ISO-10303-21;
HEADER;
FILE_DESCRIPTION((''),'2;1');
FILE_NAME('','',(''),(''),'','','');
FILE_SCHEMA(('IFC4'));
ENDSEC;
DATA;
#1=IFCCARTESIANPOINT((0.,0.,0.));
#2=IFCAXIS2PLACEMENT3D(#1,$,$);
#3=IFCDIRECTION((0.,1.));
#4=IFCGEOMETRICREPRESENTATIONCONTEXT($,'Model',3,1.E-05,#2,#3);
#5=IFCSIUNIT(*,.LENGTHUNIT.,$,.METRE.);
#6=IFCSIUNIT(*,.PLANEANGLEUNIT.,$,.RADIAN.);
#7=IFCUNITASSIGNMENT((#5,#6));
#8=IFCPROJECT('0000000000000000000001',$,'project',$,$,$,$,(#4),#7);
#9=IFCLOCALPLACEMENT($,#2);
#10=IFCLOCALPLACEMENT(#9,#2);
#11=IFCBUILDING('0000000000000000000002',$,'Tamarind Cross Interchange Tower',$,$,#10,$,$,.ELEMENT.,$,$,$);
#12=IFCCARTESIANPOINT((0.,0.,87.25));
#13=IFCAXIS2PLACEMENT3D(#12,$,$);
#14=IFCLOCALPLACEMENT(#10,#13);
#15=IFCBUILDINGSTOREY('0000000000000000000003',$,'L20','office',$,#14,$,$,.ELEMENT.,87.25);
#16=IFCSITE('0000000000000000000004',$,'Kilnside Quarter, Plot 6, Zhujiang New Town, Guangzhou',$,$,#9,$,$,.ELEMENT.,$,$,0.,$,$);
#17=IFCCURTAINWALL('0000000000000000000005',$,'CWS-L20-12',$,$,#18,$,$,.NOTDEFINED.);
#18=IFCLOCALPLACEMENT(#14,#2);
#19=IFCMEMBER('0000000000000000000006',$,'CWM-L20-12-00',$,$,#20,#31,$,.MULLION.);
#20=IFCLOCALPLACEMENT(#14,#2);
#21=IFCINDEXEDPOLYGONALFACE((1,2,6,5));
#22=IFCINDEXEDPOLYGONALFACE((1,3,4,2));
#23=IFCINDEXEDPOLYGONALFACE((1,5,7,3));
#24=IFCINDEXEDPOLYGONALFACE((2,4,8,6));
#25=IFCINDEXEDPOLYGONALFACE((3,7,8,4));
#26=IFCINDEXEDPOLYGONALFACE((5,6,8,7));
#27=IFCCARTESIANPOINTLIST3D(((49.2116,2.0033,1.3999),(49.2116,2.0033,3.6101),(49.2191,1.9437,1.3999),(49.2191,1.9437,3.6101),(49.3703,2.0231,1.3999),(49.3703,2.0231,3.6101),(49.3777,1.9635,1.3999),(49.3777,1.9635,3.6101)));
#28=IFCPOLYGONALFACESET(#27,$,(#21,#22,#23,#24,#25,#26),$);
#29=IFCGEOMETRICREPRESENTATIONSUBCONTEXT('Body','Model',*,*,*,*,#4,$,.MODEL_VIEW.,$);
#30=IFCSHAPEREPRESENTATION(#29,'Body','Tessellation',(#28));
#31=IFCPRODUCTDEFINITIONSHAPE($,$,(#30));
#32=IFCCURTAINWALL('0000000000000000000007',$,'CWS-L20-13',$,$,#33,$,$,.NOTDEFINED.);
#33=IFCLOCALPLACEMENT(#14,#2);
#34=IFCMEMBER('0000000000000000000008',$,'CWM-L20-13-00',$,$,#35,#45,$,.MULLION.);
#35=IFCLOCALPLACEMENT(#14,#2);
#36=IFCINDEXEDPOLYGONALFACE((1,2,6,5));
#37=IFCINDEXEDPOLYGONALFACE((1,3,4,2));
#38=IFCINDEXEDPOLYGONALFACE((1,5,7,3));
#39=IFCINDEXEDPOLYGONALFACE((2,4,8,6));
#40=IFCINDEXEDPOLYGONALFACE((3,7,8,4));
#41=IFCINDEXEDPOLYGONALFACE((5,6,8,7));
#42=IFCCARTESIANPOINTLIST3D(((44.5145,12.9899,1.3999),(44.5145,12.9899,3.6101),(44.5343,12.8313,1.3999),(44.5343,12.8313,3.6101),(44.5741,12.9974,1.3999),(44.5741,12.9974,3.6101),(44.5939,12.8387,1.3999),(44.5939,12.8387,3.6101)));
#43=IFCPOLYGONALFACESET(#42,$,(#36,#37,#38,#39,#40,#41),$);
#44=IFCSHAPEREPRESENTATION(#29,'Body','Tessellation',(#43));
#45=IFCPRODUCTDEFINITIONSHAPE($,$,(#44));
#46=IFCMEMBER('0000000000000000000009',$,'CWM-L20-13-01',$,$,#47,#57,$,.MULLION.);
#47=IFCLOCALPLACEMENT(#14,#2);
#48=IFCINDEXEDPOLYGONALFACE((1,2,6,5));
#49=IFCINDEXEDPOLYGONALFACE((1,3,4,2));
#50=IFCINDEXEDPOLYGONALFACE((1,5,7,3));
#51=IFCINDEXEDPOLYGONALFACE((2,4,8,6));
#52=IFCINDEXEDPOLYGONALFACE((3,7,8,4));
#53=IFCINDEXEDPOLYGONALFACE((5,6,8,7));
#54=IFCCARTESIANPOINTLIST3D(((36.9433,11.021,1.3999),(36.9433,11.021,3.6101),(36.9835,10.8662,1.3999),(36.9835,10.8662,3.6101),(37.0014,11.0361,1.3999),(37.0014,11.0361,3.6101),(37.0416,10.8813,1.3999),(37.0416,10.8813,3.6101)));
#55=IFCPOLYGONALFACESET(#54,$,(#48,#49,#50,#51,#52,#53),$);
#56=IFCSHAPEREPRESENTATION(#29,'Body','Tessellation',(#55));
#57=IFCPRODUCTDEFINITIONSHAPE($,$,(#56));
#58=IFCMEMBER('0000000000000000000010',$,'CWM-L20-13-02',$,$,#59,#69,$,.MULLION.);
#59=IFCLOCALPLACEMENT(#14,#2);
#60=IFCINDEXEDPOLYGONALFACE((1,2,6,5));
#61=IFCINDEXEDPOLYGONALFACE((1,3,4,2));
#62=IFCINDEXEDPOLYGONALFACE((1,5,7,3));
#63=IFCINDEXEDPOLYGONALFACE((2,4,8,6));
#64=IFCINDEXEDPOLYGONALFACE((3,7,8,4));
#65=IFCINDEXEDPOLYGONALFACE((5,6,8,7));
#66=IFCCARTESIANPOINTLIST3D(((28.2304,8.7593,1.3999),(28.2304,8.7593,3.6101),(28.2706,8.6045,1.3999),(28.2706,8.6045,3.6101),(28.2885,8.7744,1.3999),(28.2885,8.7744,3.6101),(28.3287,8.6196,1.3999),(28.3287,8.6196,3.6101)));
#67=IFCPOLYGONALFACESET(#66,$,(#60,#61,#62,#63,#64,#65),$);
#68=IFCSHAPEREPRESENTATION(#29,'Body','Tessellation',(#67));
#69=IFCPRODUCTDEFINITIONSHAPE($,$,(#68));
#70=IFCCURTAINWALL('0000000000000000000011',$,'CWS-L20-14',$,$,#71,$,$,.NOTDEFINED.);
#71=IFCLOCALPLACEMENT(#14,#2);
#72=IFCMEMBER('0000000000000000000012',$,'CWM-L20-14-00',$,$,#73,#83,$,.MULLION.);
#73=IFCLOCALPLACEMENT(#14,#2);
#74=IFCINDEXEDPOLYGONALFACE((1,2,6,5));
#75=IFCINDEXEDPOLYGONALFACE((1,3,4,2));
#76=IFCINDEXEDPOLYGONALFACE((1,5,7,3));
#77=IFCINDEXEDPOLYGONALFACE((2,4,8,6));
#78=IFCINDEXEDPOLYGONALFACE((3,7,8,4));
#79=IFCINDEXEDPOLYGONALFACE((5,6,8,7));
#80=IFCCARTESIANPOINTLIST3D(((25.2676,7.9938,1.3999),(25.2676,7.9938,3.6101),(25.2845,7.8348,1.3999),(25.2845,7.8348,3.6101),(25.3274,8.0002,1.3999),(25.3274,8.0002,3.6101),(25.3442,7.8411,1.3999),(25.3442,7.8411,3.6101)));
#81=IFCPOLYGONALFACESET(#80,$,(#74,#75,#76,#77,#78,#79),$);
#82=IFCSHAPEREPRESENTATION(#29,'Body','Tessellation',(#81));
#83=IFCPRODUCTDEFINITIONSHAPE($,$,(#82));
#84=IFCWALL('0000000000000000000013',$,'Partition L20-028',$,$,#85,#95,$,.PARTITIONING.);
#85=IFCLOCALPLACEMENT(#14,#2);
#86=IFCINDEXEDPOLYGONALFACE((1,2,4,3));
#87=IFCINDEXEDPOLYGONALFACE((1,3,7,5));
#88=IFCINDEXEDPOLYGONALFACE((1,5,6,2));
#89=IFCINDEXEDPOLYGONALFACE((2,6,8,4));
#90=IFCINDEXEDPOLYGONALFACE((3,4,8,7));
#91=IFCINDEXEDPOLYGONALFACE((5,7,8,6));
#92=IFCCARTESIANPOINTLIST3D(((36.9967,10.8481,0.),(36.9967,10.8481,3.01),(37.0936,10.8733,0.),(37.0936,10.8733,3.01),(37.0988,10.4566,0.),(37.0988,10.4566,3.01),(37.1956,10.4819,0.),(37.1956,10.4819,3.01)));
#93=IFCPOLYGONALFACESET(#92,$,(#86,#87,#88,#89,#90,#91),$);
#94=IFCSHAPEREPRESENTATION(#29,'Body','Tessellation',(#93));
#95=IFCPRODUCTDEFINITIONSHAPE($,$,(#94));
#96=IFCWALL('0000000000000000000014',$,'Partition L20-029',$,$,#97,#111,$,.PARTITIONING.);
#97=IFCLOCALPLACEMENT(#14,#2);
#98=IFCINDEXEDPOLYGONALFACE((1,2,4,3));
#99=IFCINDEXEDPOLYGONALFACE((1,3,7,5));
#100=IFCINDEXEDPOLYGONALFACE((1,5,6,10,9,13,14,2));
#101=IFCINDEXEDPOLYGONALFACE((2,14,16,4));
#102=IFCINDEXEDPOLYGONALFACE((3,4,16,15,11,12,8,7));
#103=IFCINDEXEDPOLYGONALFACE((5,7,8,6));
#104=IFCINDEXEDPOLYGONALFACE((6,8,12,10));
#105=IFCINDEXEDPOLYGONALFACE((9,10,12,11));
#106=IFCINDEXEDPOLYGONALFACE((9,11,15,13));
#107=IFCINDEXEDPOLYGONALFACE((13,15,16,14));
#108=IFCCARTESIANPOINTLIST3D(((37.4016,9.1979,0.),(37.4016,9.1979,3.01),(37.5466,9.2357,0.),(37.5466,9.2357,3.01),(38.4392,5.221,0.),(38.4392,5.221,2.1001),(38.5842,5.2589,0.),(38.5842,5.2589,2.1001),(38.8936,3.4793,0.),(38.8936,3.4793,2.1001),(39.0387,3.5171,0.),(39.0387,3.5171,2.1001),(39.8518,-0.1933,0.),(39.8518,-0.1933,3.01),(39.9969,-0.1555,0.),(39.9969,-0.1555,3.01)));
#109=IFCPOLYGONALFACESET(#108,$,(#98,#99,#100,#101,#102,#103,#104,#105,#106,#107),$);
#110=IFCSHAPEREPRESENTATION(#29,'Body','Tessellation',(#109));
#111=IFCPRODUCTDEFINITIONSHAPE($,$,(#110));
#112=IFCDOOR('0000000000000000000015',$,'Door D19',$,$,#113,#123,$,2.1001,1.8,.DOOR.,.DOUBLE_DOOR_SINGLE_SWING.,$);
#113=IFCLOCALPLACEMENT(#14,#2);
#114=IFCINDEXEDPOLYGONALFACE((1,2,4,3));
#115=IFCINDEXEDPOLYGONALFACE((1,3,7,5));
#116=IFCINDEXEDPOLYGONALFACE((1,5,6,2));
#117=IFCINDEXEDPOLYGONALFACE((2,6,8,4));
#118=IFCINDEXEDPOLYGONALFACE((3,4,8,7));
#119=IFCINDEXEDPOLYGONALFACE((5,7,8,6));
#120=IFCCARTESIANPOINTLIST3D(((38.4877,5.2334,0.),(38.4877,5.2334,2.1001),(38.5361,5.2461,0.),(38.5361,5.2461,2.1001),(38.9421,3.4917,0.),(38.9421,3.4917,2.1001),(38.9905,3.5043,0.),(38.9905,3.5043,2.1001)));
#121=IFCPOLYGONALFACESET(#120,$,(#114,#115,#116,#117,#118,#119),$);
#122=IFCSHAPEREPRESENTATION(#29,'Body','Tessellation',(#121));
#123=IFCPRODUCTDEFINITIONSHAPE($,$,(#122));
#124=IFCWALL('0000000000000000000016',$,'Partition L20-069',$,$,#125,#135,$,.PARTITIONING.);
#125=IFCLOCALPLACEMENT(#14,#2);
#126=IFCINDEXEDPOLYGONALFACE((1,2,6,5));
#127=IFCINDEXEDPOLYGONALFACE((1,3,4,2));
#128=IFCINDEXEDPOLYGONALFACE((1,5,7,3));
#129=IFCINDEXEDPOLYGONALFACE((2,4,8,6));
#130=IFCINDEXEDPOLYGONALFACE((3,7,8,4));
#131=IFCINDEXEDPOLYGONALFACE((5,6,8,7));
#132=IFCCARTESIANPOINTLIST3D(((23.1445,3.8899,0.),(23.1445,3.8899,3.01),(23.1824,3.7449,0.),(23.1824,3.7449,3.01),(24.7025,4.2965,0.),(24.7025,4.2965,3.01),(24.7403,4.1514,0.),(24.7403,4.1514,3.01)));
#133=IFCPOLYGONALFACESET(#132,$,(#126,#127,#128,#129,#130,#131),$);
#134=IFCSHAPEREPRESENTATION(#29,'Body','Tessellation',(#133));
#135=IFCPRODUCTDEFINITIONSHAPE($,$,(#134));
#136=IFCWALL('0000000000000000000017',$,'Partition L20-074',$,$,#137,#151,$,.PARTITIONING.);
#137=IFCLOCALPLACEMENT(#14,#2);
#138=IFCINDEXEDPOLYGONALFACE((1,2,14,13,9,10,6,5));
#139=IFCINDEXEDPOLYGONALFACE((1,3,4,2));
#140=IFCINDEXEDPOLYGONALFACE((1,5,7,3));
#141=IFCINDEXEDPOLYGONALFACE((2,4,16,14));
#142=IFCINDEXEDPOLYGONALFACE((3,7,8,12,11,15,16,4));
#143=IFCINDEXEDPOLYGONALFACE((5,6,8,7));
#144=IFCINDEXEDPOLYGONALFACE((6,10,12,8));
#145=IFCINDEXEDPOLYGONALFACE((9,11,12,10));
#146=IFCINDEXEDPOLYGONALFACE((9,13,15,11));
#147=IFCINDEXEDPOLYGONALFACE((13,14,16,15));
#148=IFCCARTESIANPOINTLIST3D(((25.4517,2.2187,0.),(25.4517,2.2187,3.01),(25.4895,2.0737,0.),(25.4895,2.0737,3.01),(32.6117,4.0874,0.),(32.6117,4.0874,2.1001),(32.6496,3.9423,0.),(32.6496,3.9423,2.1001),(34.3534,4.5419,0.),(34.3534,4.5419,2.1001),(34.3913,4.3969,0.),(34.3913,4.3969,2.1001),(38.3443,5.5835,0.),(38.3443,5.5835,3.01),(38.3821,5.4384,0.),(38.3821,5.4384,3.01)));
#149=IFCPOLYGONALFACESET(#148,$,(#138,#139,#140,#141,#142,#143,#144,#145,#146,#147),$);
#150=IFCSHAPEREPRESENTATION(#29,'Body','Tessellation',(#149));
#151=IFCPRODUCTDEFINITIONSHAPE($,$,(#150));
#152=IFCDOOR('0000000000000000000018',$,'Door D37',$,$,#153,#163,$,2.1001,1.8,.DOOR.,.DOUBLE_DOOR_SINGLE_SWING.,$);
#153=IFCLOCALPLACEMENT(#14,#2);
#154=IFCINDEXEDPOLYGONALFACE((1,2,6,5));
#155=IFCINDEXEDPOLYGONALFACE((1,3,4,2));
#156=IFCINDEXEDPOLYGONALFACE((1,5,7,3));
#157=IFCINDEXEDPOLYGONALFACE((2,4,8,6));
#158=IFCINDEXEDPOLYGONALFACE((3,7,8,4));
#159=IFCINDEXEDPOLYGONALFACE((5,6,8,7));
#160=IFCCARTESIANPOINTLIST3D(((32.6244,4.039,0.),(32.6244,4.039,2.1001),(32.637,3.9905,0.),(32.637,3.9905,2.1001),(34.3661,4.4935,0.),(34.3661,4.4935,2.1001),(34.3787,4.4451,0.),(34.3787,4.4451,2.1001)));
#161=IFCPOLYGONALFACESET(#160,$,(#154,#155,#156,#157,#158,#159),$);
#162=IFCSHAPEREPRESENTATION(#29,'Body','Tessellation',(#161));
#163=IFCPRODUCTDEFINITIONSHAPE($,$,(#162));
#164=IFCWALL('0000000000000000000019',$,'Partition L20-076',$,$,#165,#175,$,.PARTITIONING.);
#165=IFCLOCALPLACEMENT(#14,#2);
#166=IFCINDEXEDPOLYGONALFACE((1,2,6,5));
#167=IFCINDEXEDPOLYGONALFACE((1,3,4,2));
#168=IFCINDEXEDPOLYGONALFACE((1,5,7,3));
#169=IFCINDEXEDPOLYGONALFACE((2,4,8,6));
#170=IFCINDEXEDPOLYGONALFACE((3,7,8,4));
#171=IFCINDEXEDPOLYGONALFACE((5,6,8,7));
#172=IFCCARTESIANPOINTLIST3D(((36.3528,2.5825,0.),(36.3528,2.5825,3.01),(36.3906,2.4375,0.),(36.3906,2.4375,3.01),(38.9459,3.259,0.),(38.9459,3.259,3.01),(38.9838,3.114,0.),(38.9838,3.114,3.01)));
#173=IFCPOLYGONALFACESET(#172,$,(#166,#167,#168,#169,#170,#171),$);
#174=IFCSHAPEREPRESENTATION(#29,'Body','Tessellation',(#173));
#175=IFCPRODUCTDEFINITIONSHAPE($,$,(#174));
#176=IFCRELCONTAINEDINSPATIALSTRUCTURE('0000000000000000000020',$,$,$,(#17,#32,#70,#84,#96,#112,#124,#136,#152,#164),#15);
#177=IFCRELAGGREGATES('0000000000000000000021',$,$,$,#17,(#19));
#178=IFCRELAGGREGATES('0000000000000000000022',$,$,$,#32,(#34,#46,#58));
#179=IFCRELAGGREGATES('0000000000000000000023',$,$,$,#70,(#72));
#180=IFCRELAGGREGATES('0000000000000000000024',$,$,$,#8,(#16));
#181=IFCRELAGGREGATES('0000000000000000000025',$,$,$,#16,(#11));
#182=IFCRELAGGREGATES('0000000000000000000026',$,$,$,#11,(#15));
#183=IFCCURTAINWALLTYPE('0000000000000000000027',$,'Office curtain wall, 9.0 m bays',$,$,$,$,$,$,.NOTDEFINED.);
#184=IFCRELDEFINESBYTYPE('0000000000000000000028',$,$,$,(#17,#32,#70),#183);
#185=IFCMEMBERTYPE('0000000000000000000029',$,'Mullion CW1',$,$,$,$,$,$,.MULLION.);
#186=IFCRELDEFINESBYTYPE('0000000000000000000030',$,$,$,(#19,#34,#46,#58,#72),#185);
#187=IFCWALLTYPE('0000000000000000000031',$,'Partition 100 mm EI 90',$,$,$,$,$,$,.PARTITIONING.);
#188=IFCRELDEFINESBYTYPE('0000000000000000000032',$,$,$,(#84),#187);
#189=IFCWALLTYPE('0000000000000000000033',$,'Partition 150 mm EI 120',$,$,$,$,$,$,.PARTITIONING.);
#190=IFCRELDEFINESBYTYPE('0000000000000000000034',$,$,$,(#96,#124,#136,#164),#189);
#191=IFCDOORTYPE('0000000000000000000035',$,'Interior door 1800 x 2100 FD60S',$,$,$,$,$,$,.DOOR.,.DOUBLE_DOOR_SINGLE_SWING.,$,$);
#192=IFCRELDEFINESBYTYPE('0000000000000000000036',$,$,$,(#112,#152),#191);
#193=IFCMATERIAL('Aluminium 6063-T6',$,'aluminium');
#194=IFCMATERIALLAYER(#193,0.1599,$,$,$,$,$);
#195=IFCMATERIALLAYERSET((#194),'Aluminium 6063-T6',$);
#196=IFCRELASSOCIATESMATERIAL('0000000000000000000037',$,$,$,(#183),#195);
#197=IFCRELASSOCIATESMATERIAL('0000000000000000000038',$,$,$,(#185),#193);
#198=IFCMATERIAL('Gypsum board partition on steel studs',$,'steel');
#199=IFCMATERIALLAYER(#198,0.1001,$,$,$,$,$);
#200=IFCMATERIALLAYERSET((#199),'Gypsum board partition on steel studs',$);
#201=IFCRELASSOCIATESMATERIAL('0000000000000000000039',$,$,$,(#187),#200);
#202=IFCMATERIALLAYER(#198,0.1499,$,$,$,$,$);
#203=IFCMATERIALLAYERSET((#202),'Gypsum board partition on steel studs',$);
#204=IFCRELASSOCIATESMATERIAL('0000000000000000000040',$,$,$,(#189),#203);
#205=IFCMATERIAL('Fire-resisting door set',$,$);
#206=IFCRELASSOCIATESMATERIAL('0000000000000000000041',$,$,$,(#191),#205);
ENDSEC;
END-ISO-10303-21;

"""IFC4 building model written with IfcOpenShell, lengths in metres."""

from ifc_helpers import new_model, si_unit, direction, frame, frame_2d, origin, origin_2d, place, context, subcontext, project, spatial, rectangle, extrude, material, layer, layer_set, material_profile, profile_set, type_object, element, fill, aggregate, save


model = new_model("IFC4")

# Units and contexts
model_context = context("Model", 3, precision=1e-05, world=origin(), true_north=direction((0.0, 1.0)))
body_context = subcontext(model_context, "Body", "Model", "MODEL_VIEW")
ifc_project = project(units=[si_unit("LENGTHUNIT", "METRE"), si_unit("PLANEANGLEUNIT", "RADIAN")], contexts=[model_context])

# Site, building, storey
site_placement = place(None, origin())
site = spatial("IfcSite", under=ifc_project, at=site_placement, Name="Kilnside Quarter, Plot 6, Zhujiang New Town, Guangzhou", CompositionType="ELEMENT", RefElevation=0.0)
building_placement = place(site_placement, origin())
building = spatial("IfcBuilding", under=site, at=building_placement, Name="Tamarind Cross Interchange Tower", CompositionType="ELEMENT")
storey_placement = place(building_placement, frame((0.0, 0.0, 87.25)))
storey = spatial("IfcBuildingStorey", under=building, at=storey_placement, Name="L20", Description="office", CompositionType="ELEMENT", Elevation=87.25)

# Curtain wall, member
ifc_material_1 = material(Name="Aluminium 6063-T6", Category="aluminium")
ifc_layer_1 = layer(ifc_material_1, 0.1599)
ifc_layer_set_1 = layer_set([ifc_layer_1], Name="Aluminium 6063-T6")
curtain_wall_type = type_object("IfcCurtainWallType", Name="Office curtain wall, 9.0 m bays", PredefinedType="NOTDEFINED", material=ifc_layer_set_1)
curtain_wall_1_placement = place(storey_placement, origin())
curtain_wall_1 = element("IfcCurtainWall", 1, at=curtain_wall_1_placement, inside=storey, type_object=curtain_wall_type, Name="CWS-L20-12", PredefinedType="NOTDEFINED")
ifc_material_profile_1 = material_profile(ifc_material_1, rectangle(XDim=0.0601, YDim=0.1599, at=origin_2d()), Name="Mullion CW1")
ifc_profile_set_1 = profile_set([ifc_material_profile_1], Name="Aluminium 6063-T6")
member_type = type_object("IfcMemberType", Name="Mullion CW1", PredefinedType="MULLION", material=ifc_profile_set_1)
member_1_placement = place(storey_placement, frame((49.2947, 1.9834, 1.3999), z_axis=(0.0, 0.0, 1.0), x_axis=(-0.124073, 0.992273, 0.0)))
member_1 = element("IfcMember", 2, at=member_1_placement, type_object=member_type, Name="CWM-L20-12-00", PredefinedType="MULLION", context=body_context, shape_type="SweptSolid", body=[
    extrude(rectangle(XDim=0.0601, YDim=0.1599, at=origin_2d()), origin(), (0.0, 0.0, 1.0), 2.2102),
])
aggregate(curtain_wall_1, [member_1])

# Curtain wall, members
curtain_wall_2_placement = place(storey_placement, origin())
curtain_wall_2 = element("IfcCurtainWall", 3, at=curtain_wall_2_placement, inside=storey, type_object=curtain_wall_type, Name="CWS-L20-13", PredefinedType="NOTDEFINED")
member_2_placement = place(storey_placement, frame((44.5542, 12.9143, 1.3999), z_axis=(0.0, 0.0, 1.0), x_axis=(-0.992354, -0.123426, 0.0)))
member_2 = element("IfcMember", 4, at=member_2_placement, type_object=member_type, Name="CWM-L20-13-00", PredefinedType="MULLION", context=body_context, shape_type="SweptSolid", body=[
    extrude(rectangle(XDim=0.0601, YDim=0.1599, at=origin_2d()), origin(), (0.0, 0.0, 1.0), 2.2102),
])
member_3_placement = place(storey_placement, frame((36.9924, 10.9512, 1.3999), z_axis=(0.0, 0.0, 1.0), x_axis=(-0.967918, -0.251267, 0.0)))
member_3 = element("IfcMember", 5, at=member_3_placement, type_object=member_type, Name="CWM-L20-13-01", PredefinedType="MULLION", context=body_context, shape_type="SweptSolid", body=[
    extrude(rectangle(XDim=0.0601, YDim=0.1599, at=origin_2d()), origin(), (0.0, 0.0, 1.0), 2.2102),
])
member_4_placement = place(storey_placement, frame((28.2795, 8.6895, 1.3999), z_axis=(0.0, 0.0, 1.0), x_axis=(-0.967918, -0.251267, 0.0)))
member_4 = element("IfcMember", 6, at=member_4_placement, type_object=member_type, Name="CWM-L20-13-02", PredefinedType="MULLION", context=body_context, shape_type="SweptSolid", body=[
    extrude(rectangle(XDim=0.0601, YDim=0.1599, at=origin_2d()), origin(), (0.0, 0.0, 1.0), 2.2102),
])
aggregate(curtain_wall_2, [member_2, member_3, member_4])

# Curtain wall, member
curtain_wall_3_placement = place(storey_placement, origin())
curtain_wall_3 = element("IfcCurtainWall", 7, at=curtain_wall_3_placement, inside=storey, type_object=curtain_wall_type, Name="CWS-L20-14", PredefinedType="NOTDEFINED")
member_5_placement = place(storey_placement, frame((25.3059, 7.9175, 1.3999), z_axis=(0.0, 0.0, 1.0), x_axis=(-0.99444, -0.105306, 0.0)))
member_5 = element("IfcMember", 8, at=member_5_placement, type_object=member_type, Name="CWM-L20-14-00", PredefinedType="MULLION", context=body_context, shape_type="SweptSolid", body=[
    extrude(rectangle(XDim=0.0601, YDim=0.1599, at=origin_2d()), origin(), (0.0, 0.0, 1.0), 2.2102),
])
aggregate(curtain_wall_3, [member_5])

# Wall
ifc_material_2 = material(Name="Gypsum board partition on steel studs", Category="steel")
ifc_layer_2 = layer(ifc_material_2, 0.1001)
ifc_layer_set_2 = layer_set([ifc_layer_2], Name="Gypsum board partition on steel studs")
wall_type_1 = type_object("IfcWallType", Name="Partition 100 mm EI 90", PredefinedType="PARTITIONING", material=ifc_layer_set_2)
wall_1_placement = place(storey_placement, frame((37.0452, 10.8606, 0.0), z_axis=(0.0, 0.0, 1.0), x_axis=(0.252324, -0.967643, 0.0)))
element("IfcWall", 9, at=wall_1_placement, inside=storey, type_object=wall_type_1, Name="Partition L20-028", PredefinedType="PARTITIONING", context=body_context, shape_type="SweptSolid", body=[
    extrude(rectangle(XDim=0.4045, YDim=0.1001, at=frame_2d((0.2021, 0.0))), origin(), (0.0, 0.0, 1.0), 3.01),
])

# Wall, opening, door
ifc_layer_3 = layer(ifc_material_2, 0.1499)
ifc_layer_set_3 = layer_set([ifc_layer_3], Name="Gypsum board partition on steel studs")
wall_type_2 = type_object("IfcWallType", Name="Partition 150 mm EI 120", PredefinedType="PARTITIONING", material=ifc_layer_set_3)
wall_2_placement = place(storey_placement, frame((37.4741, 9.2168, 0.0), z_axis=(0.0, 0.0, 1.0), x_axis=(0.252455, -0.967609, 0.0)))
wall_2 = element("IfcWall", 10, at=wall_2_placement, inside=storey, type_object=wall_type_2, Name="Partition L20-029", PredefinedType="PARTITIONING", context=body_context, shape_type="SweptSolid", body=[
    extrude(rectangle(XDim=9.7056, YDim=0.1499, at=frame_2d((4.8528, 0.0))), origin(), (0.0, 0.0, 1.0), 3.01),
])
opening_1_placement = place(wall_2_placement, frame((4.1101, 0.0, 0.0)))
opening_1 = element("IfcOpeningElement", 11, at=opening_1_placement, cuts=wall_2, PredefinedType="OPENING", context=body_context, shape_type="SweptSolid", body=[
    extrude(rectangle(XDim=1.8, YDim=2.1001, at=frame_2d((0.8999, 1.05))), frame((0.0, 0.085, 0.0), z_axis=(0.0, -1.0, 0.0), x_axis=(1.0, 0.0, 0.0)), (0.0, 0.0, 1.0), 0.1699),
])
ifc_material_3 = material(Name="Fire-resisting door set")
door_type_1 = type_object("IfcDoorType", Name="Interior door 1800 x 2100 FD60S", OperationType="DOUBLE_DOOR_SINGLE_SWING", PredefinedType="DOOR", material=ifc_material_3)
door_1_placement = place(opening_1_placement, frame((1.8, 0.0, 0.0), z_axis=(0.0, 0.0, 1.0), x_axis=(-1.0, 0.0, 0.0)))
door_1 = element("IfcDoor", 12, at=door_1_placement, inside=storey, type_object=door_type_1, Name="Door D19", OperationType="DOUBLE_DOOR_SINGLE_SWING", OverallHeight=2.1001, OverallWidth=1.8, PredefinedType="DOOR", context=body_context, shape_type="SweptSolid", body=[
    extrude(rectangle(XDim=1.8, YDim=2.1001, at=frame_2d((0.8999, 1.05))), frame((0.0, 0.0249, 0.0), z_axis=(0.0, -1.0, 0.0), x_axis=(1.0, 0.0, 0.0)), (0.0, 0.0, 1.0), 0.05),
])
fill(opening_1, door_1)

# Wall
wall_3_placement = place(storey_placement, frame((23.1633, 3.8174, 0.0), z_axis=(0.0, 0.0, 1.0), x_axis=(0.967603, 0.252477, 0.0)))
element("IfcWall", 13, at=wall_3_placement, inside=storey, type_object=wall_type_2, Name="Partition L20-069", PredefinedType="PARTITIONING", context=body_context, shape_type="SweptSolid", body=[
    extrude(rectangle(XDim=1.6101, YDim=0.1499, at=frame_2d((0.8052, 0.0))), origin(), (0.0, 0.0, 1.0), 3.01),
])

# Wall, opening, door
wall_4_placement = place(storey_placement, frame((25.4707, 2.1462, 0.0), z_axis=(0.0, 0.0, 1.0), x_axis=(0.96759, 0.252525, 0.0)))
wall_4 = element("IfcWall", 14, at=wall_4_placement, inside=storey, type_object=wall_type_2, Name="Partition L20-074", PredefinedType="PARTITIONING", context=body_context, shape_type="SweptSolid", body=[
    extrude(rectangle(XDim=13.3245, YDim=0.1499, at=frame_2d((6.6621, 0.0))), origin(), (0.0, 0.0, 1.0), 3.01),
])
opening_2_placement = place(wall_4_placement, frame((7.3999, 0.0, 0.0)))
opening_2 = element("IfcOpeningElement", 15, at=opening_2_placement, cuts=wall_4, PredefinedType="OPENING", context=body_context, shape_type="SweptSolid", body=[
    extrude(rectangle(XDim=1.8, YDim=2.1001, at=frame_2d((0.8999, 1.05))), frame((0.0, 0.085, 0.0), z_axis=(0.0, -1.0, 0.0), x_axis=(1.0, 0.0, 0.0)), (0.0, 0.0, 1.0), 0.1699),
])
door_2_placement = place(opening_2_placement, origin())
door_2 = element("IfcDoor", 16, at=door_2_placement, inside=storey, type_object=door_type_1, Name="Door D37", OperationType="DOUBLE_DOOR_SINGLE_SWING", OverallHeight=2.1001, OverallWidth=1.8, PredefinedType="DOOR", context=body_context, shape_type="SweptSolid", body=[
    extrude(rectangle(XDim=1.8, YDim=2.1001, at=frame_2d((0.8999, 1.05))), frame((0.0, 0.0249, 0.0), z_axis=(0.0, -1.0, 0.0), x_axis=(1.0, 0.0, 0.0)), (0.0, 0.0, 1.0), 0.05),
])
fill(opening_2, door_2)

# Wall
wall_5_placement = place(storey_placement, frame((36.3718, 2.51, 0.0), z_axis=(0.0, 0.0, 1.0), x_axis=(0.96761, 0.252448, 0.0)))
element("IfcWall", 17, at=wall_5_placement, inside=storey, type_object=wall_type_2, Name="Partition L20-076", PredefinedType="PARTITIONING", context=body_context, shape_type="SweptSolid", body=[
    extrude(rectangle(XDim=2.6799, YDim=0.1499, at=frame_2d((1.3398, 0.0))), origin(), (0.0, 0.0, 1.0), 3.01),
])

save(model, "model.ifc")
